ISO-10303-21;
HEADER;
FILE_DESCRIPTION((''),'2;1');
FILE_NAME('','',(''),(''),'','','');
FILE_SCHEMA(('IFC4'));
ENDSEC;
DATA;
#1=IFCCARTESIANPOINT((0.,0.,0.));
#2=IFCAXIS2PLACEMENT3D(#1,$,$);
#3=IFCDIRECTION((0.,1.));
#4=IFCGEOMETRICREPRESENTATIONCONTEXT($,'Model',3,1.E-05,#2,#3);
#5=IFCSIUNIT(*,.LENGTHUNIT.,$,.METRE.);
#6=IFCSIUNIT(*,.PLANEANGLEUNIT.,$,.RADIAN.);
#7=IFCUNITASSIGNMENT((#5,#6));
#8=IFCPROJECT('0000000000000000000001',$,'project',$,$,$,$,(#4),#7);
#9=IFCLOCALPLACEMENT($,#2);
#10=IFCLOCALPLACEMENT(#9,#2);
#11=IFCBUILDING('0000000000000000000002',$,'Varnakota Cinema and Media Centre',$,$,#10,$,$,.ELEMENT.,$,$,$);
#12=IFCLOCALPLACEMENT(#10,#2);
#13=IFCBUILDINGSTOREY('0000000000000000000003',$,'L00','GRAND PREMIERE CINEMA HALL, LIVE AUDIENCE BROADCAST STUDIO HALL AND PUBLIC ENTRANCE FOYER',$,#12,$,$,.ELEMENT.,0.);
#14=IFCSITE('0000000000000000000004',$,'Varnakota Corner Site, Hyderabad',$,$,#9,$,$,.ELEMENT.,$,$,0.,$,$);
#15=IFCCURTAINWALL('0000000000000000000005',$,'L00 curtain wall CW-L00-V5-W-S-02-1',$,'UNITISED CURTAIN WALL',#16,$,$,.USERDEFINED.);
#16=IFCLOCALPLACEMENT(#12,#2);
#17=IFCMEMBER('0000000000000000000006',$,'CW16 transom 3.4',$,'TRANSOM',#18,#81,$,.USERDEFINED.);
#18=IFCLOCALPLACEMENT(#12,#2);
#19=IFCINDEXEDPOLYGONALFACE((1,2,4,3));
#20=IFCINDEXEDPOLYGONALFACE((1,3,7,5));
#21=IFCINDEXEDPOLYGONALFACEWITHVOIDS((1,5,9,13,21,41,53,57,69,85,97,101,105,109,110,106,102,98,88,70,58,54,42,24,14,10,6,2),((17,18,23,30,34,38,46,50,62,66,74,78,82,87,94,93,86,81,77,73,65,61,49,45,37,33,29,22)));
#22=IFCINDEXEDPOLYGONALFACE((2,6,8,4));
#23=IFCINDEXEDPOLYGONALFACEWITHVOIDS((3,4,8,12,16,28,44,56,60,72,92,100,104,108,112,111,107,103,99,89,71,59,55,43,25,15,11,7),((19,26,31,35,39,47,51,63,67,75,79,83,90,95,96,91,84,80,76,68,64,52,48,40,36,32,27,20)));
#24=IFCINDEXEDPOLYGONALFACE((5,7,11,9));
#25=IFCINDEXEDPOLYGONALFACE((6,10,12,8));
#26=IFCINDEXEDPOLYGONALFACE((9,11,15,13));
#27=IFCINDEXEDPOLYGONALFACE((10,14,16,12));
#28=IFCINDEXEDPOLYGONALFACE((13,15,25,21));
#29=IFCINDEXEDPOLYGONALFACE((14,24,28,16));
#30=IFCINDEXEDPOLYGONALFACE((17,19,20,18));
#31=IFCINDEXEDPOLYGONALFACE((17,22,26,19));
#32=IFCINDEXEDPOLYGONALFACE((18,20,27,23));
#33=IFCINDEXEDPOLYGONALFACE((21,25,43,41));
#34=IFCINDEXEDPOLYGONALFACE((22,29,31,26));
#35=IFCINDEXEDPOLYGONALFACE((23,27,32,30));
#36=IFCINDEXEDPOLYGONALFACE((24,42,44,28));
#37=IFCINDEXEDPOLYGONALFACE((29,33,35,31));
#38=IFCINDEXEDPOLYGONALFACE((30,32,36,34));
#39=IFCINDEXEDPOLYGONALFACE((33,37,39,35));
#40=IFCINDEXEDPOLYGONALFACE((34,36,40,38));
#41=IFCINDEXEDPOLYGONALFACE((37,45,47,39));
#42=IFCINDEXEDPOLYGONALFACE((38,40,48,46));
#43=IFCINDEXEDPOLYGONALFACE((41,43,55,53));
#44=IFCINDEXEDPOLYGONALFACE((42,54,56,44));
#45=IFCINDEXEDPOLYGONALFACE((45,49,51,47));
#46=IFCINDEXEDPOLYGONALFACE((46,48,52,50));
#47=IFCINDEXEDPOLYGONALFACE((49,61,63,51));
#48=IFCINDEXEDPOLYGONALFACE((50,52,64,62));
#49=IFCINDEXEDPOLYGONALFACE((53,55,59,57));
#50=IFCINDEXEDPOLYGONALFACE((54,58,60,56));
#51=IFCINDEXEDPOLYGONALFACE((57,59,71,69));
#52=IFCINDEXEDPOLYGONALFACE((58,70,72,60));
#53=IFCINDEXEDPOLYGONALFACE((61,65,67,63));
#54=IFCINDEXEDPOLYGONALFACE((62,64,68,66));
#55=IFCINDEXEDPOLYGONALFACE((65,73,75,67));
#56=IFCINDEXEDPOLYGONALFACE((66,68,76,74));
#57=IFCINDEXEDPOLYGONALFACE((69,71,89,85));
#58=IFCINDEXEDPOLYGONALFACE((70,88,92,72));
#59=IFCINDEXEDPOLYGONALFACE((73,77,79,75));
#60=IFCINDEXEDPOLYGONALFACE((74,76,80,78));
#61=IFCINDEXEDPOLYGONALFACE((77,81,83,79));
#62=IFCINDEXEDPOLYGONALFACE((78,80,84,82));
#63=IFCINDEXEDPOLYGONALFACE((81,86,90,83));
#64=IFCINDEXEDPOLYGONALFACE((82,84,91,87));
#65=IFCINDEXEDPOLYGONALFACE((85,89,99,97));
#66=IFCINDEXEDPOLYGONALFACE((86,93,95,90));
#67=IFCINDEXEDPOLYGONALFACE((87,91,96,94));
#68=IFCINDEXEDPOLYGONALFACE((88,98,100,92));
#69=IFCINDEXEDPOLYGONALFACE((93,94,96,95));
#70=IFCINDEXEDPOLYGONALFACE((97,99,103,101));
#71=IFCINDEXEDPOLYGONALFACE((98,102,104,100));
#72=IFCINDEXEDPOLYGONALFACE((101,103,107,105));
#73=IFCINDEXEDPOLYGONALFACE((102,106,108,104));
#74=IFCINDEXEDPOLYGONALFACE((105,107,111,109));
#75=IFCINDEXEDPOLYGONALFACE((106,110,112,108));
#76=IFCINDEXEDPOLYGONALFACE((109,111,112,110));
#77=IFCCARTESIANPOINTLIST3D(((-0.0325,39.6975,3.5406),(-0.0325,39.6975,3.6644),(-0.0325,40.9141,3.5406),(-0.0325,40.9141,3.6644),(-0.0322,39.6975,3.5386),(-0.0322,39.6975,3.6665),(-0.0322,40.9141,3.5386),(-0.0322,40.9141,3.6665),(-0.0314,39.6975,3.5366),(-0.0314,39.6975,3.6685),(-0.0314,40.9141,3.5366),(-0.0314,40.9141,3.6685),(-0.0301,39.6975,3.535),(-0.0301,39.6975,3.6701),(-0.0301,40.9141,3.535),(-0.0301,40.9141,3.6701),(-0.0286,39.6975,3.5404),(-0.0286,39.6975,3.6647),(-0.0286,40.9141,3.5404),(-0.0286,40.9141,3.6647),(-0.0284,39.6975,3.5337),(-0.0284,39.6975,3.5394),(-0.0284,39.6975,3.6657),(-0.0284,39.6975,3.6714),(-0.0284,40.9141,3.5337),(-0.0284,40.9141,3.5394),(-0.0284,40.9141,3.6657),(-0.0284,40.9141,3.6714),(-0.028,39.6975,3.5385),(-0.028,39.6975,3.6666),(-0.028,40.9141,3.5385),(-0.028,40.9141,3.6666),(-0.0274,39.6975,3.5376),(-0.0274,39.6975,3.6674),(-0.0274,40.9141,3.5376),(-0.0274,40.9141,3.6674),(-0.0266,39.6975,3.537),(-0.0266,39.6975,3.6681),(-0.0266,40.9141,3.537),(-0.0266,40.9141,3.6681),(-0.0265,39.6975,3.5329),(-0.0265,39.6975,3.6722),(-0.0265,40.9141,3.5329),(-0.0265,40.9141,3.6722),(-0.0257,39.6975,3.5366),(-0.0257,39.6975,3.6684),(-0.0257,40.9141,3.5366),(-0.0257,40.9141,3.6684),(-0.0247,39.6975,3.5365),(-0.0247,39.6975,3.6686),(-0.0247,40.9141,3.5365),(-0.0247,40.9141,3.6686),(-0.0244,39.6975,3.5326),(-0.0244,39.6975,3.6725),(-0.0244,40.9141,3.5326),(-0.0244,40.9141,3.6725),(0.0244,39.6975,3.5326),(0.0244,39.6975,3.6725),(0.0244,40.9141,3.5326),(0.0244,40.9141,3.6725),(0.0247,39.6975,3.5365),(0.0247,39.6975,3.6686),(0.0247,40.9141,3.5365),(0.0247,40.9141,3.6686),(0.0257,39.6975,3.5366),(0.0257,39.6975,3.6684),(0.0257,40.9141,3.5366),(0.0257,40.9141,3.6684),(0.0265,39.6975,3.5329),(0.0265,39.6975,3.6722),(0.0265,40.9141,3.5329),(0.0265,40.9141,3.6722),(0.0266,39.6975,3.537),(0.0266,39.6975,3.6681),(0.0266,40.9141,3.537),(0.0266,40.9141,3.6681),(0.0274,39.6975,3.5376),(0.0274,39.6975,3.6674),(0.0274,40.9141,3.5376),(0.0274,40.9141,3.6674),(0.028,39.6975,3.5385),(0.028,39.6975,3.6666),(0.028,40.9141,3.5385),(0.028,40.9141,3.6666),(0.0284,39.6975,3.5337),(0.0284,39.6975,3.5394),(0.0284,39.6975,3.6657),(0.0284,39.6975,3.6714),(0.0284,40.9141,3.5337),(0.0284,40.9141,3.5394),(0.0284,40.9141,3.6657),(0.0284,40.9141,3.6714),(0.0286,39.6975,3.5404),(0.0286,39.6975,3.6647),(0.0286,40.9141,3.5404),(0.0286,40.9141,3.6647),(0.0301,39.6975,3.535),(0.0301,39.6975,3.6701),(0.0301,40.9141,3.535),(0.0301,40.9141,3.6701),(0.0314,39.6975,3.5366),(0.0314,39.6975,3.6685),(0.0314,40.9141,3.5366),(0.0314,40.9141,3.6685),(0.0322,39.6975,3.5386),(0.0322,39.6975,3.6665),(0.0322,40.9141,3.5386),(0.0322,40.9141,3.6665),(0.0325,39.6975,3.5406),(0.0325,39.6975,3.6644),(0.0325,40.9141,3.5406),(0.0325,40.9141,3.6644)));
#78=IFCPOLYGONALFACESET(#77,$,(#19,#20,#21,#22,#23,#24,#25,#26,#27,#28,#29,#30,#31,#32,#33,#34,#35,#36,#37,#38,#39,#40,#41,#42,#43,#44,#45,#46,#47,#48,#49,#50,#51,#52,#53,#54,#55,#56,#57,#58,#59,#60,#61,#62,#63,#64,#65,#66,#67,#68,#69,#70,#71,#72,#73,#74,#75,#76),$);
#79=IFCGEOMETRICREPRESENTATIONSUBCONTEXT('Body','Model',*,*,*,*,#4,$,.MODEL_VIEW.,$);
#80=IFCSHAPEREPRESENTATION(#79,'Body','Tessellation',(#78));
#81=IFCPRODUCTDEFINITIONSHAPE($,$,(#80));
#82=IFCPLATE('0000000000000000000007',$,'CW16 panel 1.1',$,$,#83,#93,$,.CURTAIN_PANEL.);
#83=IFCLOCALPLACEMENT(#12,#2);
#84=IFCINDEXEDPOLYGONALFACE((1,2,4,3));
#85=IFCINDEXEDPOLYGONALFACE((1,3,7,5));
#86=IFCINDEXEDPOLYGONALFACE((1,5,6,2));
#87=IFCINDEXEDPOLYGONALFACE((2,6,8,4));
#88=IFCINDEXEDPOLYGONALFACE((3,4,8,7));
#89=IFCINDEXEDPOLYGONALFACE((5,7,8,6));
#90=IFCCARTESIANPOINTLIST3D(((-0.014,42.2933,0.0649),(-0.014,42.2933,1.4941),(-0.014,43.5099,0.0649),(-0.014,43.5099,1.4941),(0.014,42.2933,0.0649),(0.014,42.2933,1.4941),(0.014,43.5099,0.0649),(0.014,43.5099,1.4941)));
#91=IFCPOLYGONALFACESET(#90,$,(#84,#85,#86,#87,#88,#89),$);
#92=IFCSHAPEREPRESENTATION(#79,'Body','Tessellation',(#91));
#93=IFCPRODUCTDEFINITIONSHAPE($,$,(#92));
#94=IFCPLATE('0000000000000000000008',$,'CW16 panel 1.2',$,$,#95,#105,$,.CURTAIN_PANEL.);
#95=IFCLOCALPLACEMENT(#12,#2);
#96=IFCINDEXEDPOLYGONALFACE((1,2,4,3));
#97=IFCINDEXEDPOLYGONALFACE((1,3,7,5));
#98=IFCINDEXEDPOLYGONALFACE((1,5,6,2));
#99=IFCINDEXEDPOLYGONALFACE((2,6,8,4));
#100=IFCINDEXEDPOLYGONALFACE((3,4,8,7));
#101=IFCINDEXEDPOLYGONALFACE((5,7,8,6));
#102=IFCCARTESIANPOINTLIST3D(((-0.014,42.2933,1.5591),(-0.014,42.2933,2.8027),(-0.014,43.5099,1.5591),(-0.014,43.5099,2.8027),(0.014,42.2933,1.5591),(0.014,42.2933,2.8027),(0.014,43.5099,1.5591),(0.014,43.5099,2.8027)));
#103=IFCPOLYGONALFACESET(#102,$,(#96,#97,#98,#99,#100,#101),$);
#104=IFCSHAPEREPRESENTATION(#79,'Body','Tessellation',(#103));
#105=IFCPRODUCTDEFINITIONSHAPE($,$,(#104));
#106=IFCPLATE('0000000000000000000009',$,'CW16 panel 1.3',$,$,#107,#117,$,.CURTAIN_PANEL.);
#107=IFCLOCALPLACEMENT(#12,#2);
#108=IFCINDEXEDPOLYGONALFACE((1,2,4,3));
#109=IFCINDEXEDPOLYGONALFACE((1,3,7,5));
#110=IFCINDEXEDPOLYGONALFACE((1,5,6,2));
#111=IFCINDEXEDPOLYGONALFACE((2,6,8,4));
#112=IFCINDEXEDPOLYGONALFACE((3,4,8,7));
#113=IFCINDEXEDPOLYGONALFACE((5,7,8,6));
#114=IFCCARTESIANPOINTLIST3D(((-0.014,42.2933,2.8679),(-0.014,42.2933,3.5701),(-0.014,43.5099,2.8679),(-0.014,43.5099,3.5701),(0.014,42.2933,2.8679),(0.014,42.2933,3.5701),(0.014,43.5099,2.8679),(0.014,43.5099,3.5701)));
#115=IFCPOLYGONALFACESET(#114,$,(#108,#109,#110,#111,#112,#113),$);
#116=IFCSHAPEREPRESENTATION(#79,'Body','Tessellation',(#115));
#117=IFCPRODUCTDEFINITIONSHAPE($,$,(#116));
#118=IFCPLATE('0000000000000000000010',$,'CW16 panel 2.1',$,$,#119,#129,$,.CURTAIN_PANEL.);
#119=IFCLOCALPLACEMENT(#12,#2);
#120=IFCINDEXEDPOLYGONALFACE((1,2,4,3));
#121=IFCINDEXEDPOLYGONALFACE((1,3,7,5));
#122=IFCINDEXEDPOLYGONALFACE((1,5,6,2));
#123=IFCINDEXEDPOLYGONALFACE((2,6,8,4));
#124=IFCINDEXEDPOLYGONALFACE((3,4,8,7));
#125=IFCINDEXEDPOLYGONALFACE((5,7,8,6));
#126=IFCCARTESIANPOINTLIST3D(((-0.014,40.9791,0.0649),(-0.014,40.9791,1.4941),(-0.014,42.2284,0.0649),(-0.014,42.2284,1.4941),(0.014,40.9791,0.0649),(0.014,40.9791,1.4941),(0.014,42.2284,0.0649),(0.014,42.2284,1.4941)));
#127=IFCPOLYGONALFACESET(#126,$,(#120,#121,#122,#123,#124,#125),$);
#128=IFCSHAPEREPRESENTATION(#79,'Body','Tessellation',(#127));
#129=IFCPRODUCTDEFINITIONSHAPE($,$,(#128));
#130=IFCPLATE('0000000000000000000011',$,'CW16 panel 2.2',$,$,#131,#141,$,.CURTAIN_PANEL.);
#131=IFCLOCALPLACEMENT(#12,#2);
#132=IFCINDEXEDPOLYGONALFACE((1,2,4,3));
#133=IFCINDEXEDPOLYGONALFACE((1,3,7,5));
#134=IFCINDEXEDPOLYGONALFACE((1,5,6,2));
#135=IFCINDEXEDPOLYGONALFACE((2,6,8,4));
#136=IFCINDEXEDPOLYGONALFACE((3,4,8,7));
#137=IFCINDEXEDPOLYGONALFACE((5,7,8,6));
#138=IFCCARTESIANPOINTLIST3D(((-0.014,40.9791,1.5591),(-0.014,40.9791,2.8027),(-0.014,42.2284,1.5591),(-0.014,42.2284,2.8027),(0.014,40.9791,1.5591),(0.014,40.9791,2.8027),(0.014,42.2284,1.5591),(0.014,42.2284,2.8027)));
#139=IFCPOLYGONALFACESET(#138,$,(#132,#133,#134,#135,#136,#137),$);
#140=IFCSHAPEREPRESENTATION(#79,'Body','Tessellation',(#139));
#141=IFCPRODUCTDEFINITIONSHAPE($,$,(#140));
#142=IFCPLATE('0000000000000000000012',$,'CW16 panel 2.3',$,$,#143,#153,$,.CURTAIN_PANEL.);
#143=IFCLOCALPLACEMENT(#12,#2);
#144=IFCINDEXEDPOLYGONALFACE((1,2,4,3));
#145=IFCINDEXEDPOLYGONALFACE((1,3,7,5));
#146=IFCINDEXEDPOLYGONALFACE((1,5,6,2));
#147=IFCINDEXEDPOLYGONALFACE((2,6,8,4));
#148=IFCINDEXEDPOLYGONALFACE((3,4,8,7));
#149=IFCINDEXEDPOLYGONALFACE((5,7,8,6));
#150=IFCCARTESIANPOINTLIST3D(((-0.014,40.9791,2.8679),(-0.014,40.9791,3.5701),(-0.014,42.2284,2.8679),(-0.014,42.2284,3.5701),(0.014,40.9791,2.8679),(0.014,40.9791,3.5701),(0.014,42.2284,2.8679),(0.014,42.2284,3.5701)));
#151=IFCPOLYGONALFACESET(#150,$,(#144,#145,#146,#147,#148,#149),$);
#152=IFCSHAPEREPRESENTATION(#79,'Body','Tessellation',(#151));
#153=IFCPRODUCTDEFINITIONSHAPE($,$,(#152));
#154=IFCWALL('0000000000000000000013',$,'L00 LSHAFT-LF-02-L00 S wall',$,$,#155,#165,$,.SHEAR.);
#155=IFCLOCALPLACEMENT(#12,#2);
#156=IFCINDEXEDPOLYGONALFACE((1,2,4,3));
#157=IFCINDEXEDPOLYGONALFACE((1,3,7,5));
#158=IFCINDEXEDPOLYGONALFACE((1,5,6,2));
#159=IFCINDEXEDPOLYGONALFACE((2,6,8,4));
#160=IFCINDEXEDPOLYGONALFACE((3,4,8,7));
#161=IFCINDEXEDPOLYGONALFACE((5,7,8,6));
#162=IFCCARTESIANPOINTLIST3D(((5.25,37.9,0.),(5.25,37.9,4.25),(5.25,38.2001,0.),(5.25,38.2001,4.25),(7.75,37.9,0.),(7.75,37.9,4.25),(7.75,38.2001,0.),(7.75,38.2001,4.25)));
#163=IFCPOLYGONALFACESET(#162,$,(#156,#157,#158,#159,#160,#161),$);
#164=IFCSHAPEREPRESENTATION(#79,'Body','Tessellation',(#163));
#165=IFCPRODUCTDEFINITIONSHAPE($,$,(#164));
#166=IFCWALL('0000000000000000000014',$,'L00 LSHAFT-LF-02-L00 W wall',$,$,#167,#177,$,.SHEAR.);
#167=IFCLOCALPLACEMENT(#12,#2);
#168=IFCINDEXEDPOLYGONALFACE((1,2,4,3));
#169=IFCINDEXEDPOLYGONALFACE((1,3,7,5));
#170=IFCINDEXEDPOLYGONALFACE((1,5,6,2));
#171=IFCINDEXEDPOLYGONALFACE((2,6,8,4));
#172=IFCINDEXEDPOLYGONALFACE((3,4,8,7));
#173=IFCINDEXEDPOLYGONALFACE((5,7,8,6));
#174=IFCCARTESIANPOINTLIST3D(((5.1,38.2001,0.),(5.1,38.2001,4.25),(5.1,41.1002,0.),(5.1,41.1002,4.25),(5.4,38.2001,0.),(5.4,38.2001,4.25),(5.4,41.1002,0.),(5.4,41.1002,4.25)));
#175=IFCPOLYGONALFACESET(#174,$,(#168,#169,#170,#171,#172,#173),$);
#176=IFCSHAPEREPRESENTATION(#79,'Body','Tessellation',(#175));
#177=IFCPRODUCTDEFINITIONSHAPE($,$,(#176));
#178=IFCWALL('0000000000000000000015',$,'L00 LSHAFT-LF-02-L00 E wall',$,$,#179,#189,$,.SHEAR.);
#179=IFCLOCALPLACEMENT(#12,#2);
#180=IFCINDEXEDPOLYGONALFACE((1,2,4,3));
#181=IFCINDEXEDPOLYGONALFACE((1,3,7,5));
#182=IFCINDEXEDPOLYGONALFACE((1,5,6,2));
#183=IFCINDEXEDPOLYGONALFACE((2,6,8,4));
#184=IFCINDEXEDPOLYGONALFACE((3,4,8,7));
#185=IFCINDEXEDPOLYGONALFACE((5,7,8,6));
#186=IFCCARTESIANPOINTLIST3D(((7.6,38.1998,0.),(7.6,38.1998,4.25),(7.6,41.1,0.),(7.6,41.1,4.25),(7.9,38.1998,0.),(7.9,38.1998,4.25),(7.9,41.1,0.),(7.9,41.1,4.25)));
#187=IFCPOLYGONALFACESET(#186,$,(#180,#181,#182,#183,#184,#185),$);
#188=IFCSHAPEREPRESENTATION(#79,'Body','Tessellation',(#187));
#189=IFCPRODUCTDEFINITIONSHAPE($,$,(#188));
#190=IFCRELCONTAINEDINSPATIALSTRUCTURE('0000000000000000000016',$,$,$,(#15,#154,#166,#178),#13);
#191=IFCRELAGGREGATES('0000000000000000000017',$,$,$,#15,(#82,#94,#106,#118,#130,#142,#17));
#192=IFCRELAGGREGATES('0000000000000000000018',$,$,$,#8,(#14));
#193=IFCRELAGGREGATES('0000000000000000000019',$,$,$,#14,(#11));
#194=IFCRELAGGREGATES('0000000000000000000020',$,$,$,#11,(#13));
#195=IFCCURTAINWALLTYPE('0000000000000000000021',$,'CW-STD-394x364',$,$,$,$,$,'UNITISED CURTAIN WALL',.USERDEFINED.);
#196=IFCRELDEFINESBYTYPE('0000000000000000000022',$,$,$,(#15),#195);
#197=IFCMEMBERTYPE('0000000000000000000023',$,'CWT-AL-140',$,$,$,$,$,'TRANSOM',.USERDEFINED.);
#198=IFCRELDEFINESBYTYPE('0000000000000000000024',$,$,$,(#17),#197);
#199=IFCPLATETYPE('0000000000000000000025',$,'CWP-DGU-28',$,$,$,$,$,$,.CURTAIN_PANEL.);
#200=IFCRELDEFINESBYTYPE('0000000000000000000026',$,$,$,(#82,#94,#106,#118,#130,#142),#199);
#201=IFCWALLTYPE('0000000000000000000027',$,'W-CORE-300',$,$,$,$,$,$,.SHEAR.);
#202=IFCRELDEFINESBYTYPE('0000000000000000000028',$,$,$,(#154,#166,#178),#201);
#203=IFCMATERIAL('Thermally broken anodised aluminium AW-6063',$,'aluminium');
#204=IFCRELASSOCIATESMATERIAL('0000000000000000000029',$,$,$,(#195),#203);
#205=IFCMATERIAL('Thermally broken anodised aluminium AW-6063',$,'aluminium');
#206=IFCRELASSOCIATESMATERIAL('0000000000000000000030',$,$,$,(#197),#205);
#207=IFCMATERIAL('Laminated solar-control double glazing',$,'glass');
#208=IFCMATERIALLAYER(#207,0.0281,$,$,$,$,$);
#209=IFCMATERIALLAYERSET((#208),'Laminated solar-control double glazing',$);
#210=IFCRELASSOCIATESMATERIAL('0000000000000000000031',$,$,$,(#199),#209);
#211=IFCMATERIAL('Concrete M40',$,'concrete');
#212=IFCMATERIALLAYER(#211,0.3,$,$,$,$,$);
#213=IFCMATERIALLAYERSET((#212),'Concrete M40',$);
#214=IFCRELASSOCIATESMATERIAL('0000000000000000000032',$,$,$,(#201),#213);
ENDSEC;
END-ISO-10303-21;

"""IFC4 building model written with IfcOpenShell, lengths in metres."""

from ifc_helpers import new_model, si_unit, direction, frame, frame_2d, origin, origin_2d, place, context, subcontext, project, spatial, rectangle, hollow_rectangle, extrude, material, layer, layer_set, material_profile, profile_set, type_object, element, aggregate, save


model = new_model("IFC4")

# Units and contexts
model_context = context("Model", 3, precision=1e-05, world=origin(), true_north=direction((0.0, 1.0)))
body_context = subcontext(model_context, "Body", "Model", "MODEL_VIEW")
ifc_project = project(units=[si_unit("LENGTHUNIT", "METRE"), si_unit("PLANEANGLEUNIT", "RADIAN")], contexts=[model_context])

# Site, building, storey
site_placement = place(None, origin())
site = spatial("IfcSite", under=ifc_project, at=site_placement, Name="Varnakota Corner Site, Hyderabad", CompositionType="ELEMENT", RefElevation=0.0)
building_placement = place(site_placement, origin())
building = spatial("IfcBuilding", under=site, at=building_placement, Name="Varnakota Cinema and Media Centre", CompositionType="ELEMENT")
storey_placement = place(building_placement, origin())
storey = spatial("IfcBuildingStorey", under=building, at=storey_placement, Name="L00", Description="GRAND PREMIERE CINEMA HALL, LIVE AUDIENCE BROADCAST STUDIO HALL AND PUBLIC ENTRANCE FOYER", CompositionType="ELEMENT", Elevation=0.0)

# Curtain wall, member, plates
ifc_material_1 = material(Name="Thermally broken anodised aluminium AW-6063", Category="aluminium")
curtain_wall_type = type_object("IfcCurtainWallType", Name="CW-STD-394x364", ElementType="UNITISED CURTAIN WALL", PredefinedType="USERDEFINED", material=ifc_material_1)
curtain_wall_placement = place(storey_placement, origin())
curtain_wall = element("IfcCurtainWall", 1, at=curtain_wall_placement, inside=storey, type_object=curtain_wall_type, Name="L00 curtain wall CW-L00-V5-W-S-02-1", ObjectType="UNITISED CURTAIN WALL", PredefinedType="USERDEFINED")
ifc_material_2 = material(Name="Thermally broken anodised aluminium AW-6063", Category="aluminium")
ifc_material_profile_1 = material_profile(ifc_material_2, hollow_rectangle(XDim=0.0649, YDim=0.1399, WallThickness=0.0039, InnerFilletRadius=0.0039, OuterFilletRadius=0.0081, at=origin_2d()), Name="AL-TRANSOM 140x65x4")
ifc_profile_set_1 = profile_set([ifc_material_profile_1], Name="Thermally broken anodised aluminium AW-6063")
member_type_1 = type_object("IfcMemberType", Name="CWT-AL-140", ElementType="TRANSOM", PredefinedType="USERDEFINED", material=ifc_profile_set_1)
member_1_placement = place(storey_placement, frame((0.0, 40.9141, 3.6025), z_axis=(0.0, -1.0, 0.0), x_axis=(1.0, 0.0, 0.0)))
member_1 = element("IfcMember", 2, at=member_1_placement, type_object=member_type_1, Name="CW16 transom 3.4", ObjectType="TRANSOM", PredefinedType="USERDEFINED", context=body_context, shape_type="SweptSolid", body=[
    extrude(hollow_rectangle(XDim=0.0649, YDim=0.1399, WallThickness=0.0039, InnerFilletRadius=0.0039, OuterFilletRadius=0.0081, at=origin_2d()), origin(), (0.0, 0.0, 1.0), 1.2166),
])
ifc_material_3 = material(Name="Laminated solar-control double glazing", Category="glass")
ifc_layer_1 = layer(ifc_material_3, 0.0281)
ifc_layer_set_1 = layer_set([ifc_layer_1], Name="Laminated solar-control double glazing")
plate_type = type_object("IfcPlateType", Name="CWP-DGU-28", PredefinedType="CURTAIN_PANEL", material=ifc_layer_set_1)
plate_1_placement = place(storey_placement, frame((0.0, 42.9016, 0.0649), z_axis=(0.0, 0.0, 1.0), x_axis=(0.0, -1.0, 0.0)))
plate_1 = element("IfcPlate", 3, at=plate_1_placement, type_object=plate_type, Name="CW16 panel 1.1", PredefinedType="CURTAIN_PANEL", context=body_context, shape_type="SweptSolid", body=[
    extrude(rectangle(XDim=1.2166, YDim=0.0281, at=origin_2d()), origin(), (0.0, 0.0, 1.0), 1.4292),
])
plate_2_placement = place(storey_placement, frame((0.0, 42.9016, 1.5591), z_axis=(0.0, 0.0, 1.0), x_axis=(0.0, -1.0, 0.0)))
plate_2 = element("IfcPlate", 4, at=plate_2_placement, type_object=plate_type, Name="CW16 panel 1.2", PredefinedType="CURTAIN_PANEL", context=body_context, shape_type="SweptSolid", body=[
    extrude(rectangle(XDim=1.2166, YDim=0.0281, at=origin_2d()), origin(), (0.0, 0.0, 1.0), 1.2437),
])
plate_3_placement = place(storey_placement, frame((0.0, 42.9016, 2.8679), z_axis=(0.0, 0.0, 1.0), x_axis=(0.0, -1.0, 0.0)))
plate_3 = element("IfcPlate", 5, at=plate_3_placement, type_object=plate_type, Name="CW16 panel 1.3", PredefinedType="CURTAIN_PANEL", context=body_context, shape_type="SweptSolid", body=[
    extrude(rectangle(XDim=1.2166, YDim=0.0281, at=origin_2d()), origin(), (0.0, 0.0, 1.0), 0.7021),
])
plate_4_placement = place(storey_placement, frame((0.0, 41.6038, 0.0649), z_axis=(0.0, 0.0, 1.0), x_axis=(0.0, -1.0, 0.0)))
plate_4 = element("IfcPlate", 6, at=plate_4_placement, type_object=plate_type, Name="CW16 panel 2.1", PredefinedType="CURTAIN_PANEL", context=body_context, shape_type="SweptSolid", body=[
    extrude(rectangle(XDim=1.2493, YDim=0.0281, at=origin_2d()), origin(), (0.0, 0.0, 1.0), 1.4292),
])
plate_5_placement = place(storey_placement, frame((0.0, 41.6038, 1.5591), z_axis=(0.0, 0.0, 1.0), x_axis=(0.0, -1.0, 0.0)))
plate_5 = element("IfcPlate", 7, at=plate_5_placement, type_object=plate_type, Name="CW16 panel 2.2", PredefinedType="CURTAIN_PANEL", context=body_context, shape_type="SweptSolid", body=[
    extrude(rectangle(XDim=1.2493, YDim=0.0281, at=origin_2d()), origin(), (0.0, 0.0, 1.0), 1.2437),
])
plate_6_placement = place(storey_placement, frame((0.0, 41.6038, 2.8679), z_axis=(0.0, 0.0, 1.0), x_axis=(0.0, -1.0, 0.0)))
plate_6 = element("IfcPlate", 8, at=plate_6_placement, type_object=plate_type, Name="CW16 panel 2.3", PredefinedType="CURTAIN_PANEL", context=body_context, shape_type="SweptSolid", body=[
    extrude(rectangle(XDim=1.2493, YDim=0.0281, at=origin_2d()), origin(), (0.0, 0.0, 1.0), 0.7021),
])
aggregate(curtain_wall, [plate_1, plate_2, plate_3, plate_4, plate_5, plate_6, member_1])

# Walls
ifc_material_4 = material(Name="Concrete M40", Category="concrete")
ifc_layer_2 = layer(ifc_material_4, 0.3)
ifc_layer_set_2 = layer_set([ifc_layer_2], Name="Concrete M40")
wall_type_1 = type_object("IfcWallType", Name="W-CORE-300", PredefinedType="SHEAR", material=ifc_layer_set_2)
wall_1_placement = place(storey_placement, frame((7.75, 38.05, 0.0), z_axis=(0.0, 0.0, 1.0), x_axis=(-1.0, 0.0, 0.0)))
element("IfcWall", 9, at=wall_1_placement, inside=storey, type_object=wall_type_1, Name="L00 LSHAFT-LF-02-L00 S wall", PredefinedType="SHEAR", context=body_context, shape_type="SweptSolid", body=[
    extrude(rectangle(XDim=2.5, YDim=0.3, at=frame_2d((1.25, 0.0))), origin(), (0.0, 0.0, 1.0), 4.25),
])
wall_2_placement = place(storey_placement, frame((5.25, 38.2, 0.0), z_axis=(0.0, 0.0, 1.0), x_axis=(0.0, 1.0, 0.0)))
element("IfcWall", 10, at=wall_2_placement, inside=storey, type_object=wall_type_1, Name="L00 LSHAFT-LF-02-L00 W wall", PredefinedType="SHEAR", context=body_context, shape_type="SweptSolid", body=[
    extrude(rectangle(XDim=2.9001, YDim=0.3, at=frame_2d((1.4502, 0.0))), origin(), (0.0, 0.0, 1.0), 4.25),
])

# Wall
wall_3_placement = place(storey_placement, frame((7.75, 41.1001, 0.0), z_axis=(0.0, 0.0, 1.0), x_axis=(0.0, -1.0, 0.0)))
element("IfcWall", 11, at=wall_3_placement, inside=storey, type_object=wall_type_1, Name="L00 LSHAFT-LF-02-L00 E wall", PredefinedType="SHEAR", context=body_context, shape_type="SweptSolid", body=[
    extrude(rectangle(XDim=2.9001, YDim=0.3, at=frame_2d((1.4502, 0.0))), origin(), (0.0, 0.0, 1.0), 4.25),
])

save(model, "model.ifc")
